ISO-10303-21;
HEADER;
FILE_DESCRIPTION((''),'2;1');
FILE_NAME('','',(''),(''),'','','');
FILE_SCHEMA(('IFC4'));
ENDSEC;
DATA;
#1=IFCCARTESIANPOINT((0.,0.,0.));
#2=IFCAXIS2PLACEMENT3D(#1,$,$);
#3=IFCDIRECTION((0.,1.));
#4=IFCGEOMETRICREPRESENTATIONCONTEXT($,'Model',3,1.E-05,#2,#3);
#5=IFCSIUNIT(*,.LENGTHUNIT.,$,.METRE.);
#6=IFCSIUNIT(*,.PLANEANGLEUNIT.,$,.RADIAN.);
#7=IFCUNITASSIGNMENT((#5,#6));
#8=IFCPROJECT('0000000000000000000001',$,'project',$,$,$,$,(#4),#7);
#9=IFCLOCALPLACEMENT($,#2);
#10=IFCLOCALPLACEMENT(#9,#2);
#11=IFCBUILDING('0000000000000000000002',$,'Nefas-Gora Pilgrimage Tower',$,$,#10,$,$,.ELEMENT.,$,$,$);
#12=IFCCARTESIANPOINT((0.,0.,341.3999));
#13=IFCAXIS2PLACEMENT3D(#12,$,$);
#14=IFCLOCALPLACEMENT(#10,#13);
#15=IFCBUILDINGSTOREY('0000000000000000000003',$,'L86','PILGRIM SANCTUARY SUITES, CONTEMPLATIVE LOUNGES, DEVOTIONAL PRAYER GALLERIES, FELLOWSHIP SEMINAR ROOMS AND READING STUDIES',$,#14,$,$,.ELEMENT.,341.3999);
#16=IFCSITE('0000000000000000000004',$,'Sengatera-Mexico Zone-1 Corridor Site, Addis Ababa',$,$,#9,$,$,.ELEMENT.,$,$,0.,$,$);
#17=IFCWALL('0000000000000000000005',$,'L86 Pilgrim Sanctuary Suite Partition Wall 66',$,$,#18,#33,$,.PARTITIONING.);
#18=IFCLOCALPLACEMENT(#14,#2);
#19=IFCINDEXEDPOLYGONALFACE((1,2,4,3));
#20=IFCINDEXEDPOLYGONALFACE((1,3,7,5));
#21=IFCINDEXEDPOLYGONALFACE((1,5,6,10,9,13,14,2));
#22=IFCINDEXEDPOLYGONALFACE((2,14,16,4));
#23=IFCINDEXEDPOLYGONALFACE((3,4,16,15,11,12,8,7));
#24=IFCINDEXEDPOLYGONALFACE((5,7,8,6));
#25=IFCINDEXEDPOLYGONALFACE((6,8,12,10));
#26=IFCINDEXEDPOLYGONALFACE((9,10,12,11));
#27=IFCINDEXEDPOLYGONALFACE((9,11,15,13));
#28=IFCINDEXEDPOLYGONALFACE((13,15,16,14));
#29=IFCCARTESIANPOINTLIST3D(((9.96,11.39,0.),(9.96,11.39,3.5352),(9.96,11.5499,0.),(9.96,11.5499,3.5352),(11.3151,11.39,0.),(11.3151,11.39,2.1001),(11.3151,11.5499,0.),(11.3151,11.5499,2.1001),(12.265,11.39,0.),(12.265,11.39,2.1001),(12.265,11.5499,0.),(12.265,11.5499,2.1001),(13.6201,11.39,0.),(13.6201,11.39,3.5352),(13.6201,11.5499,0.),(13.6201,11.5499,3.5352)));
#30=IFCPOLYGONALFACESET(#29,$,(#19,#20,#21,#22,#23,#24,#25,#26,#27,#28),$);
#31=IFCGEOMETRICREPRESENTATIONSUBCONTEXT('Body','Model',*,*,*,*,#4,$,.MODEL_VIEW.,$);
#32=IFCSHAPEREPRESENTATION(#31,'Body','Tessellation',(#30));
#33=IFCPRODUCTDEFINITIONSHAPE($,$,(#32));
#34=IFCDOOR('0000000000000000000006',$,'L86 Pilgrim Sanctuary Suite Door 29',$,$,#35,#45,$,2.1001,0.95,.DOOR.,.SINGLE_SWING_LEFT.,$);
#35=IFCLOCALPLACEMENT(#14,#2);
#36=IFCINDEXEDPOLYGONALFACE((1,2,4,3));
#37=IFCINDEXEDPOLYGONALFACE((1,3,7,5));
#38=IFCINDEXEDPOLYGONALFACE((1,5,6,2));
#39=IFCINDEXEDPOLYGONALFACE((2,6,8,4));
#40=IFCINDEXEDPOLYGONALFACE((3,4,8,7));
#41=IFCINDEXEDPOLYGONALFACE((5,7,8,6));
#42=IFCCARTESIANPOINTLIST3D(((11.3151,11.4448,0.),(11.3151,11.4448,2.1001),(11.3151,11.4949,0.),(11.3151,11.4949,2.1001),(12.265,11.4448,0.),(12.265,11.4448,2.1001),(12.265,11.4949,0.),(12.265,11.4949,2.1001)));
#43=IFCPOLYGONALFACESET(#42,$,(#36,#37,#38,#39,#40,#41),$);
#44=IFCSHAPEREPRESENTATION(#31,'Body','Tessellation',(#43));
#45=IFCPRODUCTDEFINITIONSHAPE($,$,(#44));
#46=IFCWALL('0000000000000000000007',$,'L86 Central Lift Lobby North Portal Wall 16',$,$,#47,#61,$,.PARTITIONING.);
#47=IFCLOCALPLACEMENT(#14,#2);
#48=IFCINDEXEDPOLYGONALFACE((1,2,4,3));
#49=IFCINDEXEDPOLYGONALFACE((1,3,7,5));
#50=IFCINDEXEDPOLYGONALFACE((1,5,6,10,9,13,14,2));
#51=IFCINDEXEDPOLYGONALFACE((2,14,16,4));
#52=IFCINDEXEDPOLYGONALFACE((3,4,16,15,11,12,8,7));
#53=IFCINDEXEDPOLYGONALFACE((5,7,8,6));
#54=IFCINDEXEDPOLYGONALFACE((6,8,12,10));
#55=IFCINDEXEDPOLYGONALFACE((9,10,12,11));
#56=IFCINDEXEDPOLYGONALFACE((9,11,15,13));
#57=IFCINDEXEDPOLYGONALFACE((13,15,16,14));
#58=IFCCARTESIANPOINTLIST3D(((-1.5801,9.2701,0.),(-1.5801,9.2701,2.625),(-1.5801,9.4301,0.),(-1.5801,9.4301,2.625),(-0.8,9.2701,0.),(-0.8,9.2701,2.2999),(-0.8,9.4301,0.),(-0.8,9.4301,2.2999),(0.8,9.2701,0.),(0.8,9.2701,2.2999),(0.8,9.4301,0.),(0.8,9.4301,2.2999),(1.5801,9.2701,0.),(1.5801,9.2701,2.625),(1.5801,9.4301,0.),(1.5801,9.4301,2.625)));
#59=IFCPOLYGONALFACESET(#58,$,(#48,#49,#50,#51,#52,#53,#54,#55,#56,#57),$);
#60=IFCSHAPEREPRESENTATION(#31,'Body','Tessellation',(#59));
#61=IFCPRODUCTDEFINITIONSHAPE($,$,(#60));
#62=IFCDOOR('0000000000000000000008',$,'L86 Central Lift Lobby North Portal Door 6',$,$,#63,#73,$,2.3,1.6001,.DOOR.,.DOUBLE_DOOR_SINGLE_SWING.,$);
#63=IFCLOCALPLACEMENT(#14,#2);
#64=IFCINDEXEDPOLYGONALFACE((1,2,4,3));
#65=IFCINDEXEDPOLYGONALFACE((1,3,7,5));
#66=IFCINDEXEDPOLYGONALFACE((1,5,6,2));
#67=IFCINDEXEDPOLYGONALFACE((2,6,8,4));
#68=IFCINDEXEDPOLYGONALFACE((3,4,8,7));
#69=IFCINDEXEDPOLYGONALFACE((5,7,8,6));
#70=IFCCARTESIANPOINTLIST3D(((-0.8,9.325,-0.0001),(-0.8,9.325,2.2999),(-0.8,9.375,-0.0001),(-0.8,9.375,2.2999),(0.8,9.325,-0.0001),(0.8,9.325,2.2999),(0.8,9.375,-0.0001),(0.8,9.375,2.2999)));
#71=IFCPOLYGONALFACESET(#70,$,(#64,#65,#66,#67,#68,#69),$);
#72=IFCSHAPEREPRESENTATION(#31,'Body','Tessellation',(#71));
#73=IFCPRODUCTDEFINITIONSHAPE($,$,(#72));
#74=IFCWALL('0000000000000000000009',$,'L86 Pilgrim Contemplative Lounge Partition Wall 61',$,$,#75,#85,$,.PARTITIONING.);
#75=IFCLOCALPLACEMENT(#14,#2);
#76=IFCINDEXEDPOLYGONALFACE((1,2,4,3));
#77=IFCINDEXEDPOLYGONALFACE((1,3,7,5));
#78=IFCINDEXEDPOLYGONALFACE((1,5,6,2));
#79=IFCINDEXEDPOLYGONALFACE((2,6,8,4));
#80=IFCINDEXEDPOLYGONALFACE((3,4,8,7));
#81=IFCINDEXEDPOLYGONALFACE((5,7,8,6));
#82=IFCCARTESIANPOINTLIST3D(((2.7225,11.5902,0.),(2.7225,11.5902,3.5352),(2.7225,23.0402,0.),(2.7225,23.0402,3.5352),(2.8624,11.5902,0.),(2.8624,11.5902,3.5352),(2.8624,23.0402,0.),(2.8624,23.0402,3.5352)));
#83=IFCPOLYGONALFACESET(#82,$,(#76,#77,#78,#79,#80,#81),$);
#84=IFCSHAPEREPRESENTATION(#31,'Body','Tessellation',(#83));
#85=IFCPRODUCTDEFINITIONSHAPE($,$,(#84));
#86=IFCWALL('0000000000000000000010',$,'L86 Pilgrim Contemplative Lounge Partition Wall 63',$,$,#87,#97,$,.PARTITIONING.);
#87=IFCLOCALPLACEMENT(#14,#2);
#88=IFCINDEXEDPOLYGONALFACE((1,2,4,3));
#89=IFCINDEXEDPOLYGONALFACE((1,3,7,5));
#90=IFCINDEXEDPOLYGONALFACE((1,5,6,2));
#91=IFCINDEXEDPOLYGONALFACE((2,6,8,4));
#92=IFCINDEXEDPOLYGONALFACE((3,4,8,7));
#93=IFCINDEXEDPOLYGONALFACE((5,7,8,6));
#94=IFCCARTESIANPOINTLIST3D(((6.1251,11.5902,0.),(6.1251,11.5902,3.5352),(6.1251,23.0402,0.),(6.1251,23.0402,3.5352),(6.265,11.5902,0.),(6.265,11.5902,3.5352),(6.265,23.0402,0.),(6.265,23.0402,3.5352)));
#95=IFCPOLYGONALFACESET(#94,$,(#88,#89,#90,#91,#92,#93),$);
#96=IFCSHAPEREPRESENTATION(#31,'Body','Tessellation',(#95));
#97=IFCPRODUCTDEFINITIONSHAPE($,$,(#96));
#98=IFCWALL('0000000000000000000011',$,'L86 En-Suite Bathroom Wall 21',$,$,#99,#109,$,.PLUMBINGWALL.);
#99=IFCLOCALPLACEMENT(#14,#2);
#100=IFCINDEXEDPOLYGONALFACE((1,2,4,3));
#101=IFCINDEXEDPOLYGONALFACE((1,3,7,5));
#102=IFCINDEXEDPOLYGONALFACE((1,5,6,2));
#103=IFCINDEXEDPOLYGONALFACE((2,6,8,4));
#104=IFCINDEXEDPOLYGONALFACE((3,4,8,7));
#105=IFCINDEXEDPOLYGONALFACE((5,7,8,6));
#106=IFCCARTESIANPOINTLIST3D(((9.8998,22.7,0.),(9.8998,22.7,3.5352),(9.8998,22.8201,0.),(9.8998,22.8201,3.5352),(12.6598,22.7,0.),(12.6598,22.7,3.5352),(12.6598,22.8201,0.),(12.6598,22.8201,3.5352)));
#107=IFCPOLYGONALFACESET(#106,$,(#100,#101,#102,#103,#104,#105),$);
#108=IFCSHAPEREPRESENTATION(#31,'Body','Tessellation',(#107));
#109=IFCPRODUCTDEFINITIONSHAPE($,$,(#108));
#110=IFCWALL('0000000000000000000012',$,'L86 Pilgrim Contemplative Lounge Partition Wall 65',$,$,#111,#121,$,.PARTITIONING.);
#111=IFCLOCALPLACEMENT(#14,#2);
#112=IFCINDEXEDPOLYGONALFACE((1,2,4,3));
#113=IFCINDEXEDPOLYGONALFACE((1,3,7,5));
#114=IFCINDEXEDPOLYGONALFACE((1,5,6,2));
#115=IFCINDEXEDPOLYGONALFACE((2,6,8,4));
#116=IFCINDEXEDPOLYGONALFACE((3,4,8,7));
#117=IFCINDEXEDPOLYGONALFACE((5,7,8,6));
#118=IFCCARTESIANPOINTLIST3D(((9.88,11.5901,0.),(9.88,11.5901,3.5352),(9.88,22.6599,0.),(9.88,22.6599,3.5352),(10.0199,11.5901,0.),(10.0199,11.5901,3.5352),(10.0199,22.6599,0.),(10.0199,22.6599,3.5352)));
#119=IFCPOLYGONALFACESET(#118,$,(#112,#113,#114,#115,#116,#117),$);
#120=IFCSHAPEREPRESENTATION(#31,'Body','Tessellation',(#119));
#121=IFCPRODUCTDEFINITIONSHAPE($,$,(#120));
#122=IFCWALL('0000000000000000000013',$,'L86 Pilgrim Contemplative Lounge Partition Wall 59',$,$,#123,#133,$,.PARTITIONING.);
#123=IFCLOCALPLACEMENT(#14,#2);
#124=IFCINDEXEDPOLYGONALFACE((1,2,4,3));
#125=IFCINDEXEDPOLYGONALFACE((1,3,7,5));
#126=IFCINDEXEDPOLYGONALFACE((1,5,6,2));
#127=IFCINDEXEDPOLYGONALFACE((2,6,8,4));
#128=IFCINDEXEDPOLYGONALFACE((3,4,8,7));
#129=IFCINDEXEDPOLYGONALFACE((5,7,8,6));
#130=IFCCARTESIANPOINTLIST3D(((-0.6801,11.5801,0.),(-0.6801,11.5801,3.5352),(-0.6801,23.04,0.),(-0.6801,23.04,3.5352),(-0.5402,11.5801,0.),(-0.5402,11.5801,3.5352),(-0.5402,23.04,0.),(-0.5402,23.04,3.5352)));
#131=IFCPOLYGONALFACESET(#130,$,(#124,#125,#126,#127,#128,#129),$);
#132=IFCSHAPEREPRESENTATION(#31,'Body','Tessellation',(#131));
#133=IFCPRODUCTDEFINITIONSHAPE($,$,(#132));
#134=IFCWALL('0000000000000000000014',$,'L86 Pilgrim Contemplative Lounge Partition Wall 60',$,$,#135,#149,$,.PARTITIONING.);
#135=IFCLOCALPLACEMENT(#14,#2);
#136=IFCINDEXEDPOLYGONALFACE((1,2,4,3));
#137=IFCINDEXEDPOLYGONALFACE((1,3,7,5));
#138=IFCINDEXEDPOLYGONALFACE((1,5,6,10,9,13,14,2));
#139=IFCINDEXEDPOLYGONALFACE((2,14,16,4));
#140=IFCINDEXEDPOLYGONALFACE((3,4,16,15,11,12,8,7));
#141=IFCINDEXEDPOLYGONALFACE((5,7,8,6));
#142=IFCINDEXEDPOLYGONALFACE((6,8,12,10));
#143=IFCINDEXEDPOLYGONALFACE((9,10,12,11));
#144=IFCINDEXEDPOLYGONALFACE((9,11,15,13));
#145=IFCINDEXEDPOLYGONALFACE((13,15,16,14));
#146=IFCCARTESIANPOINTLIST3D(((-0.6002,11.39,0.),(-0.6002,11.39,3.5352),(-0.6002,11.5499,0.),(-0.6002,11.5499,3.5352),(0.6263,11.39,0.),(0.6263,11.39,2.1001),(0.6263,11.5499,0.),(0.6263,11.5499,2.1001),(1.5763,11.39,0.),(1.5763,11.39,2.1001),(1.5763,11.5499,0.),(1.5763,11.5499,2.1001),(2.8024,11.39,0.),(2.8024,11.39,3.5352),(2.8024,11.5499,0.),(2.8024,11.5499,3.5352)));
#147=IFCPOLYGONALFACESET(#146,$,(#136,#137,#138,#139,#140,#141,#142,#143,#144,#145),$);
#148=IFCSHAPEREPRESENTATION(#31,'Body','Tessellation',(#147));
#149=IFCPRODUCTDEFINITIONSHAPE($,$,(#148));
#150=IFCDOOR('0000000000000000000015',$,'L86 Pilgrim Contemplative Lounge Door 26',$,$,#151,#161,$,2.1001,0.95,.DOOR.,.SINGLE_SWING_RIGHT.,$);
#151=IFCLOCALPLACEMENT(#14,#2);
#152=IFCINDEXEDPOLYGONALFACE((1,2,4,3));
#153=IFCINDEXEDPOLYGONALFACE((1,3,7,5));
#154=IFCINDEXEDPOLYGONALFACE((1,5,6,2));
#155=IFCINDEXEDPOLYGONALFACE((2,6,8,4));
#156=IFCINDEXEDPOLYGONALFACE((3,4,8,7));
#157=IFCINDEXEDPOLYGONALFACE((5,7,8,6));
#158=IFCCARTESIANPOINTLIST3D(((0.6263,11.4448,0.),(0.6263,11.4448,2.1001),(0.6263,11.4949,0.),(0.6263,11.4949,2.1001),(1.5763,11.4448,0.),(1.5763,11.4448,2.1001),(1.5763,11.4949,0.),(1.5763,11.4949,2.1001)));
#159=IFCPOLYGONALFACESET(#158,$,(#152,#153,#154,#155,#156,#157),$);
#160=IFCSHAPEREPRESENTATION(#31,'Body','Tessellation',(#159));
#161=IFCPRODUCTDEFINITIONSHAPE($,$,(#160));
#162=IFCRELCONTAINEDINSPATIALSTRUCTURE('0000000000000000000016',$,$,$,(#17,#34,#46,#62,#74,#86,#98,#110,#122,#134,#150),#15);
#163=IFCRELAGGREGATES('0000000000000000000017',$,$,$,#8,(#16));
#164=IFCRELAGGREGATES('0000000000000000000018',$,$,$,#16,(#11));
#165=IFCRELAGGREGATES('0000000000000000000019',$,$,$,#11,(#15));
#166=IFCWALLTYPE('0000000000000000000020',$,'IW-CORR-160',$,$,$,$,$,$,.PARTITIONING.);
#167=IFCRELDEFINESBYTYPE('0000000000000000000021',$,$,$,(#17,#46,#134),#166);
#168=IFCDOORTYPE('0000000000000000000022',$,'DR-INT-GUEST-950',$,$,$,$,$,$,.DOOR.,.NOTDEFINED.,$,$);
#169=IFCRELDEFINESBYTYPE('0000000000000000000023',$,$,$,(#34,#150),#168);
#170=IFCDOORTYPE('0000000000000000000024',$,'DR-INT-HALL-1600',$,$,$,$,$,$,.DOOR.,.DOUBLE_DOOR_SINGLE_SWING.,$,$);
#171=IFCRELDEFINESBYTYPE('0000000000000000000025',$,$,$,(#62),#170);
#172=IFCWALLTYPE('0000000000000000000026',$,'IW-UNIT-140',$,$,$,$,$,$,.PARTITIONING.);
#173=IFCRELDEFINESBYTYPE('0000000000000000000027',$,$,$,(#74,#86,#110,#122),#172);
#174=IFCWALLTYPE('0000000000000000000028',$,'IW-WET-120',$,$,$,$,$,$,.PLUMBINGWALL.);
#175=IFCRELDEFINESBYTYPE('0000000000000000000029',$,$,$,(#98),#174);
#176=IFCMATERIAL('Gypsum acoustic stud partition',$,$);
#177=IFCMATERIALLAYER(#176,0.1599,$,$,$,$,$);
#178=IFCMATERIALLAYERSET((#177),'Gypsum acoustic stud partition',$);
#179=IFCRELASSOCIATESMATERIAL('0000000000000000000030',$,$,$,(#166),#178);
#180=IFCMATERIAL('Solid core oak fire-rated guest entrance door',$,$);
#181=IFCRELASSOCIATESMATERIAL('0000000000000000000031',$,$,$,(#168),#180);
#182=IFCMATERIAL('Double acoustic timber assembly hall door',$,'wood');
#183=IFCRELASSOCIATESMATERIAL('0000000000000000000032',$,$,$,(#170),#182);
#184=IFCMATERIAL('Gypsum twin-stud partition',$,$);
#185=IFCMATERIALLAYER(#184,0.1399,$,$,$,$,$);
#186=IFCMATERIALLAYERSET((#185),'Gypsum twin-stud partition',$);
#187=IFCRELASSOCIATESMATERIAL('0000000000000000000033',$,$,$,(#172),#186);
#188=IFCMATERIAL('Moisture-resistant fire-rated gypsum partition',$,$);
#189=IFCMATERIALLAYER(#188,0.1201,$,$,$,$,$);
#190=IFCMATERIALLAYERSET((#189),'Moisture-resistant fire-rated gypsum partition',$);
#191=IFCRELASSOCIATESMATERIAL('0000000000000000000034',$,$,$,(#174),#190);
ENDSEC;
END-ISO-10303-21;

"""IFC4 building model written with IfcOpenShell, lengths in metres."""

from ifc_helpers import new_model, si_unit, direction, frame, frame_2d, origin, place, context, subcontext, project, spatial, rectangle, extrude, source, transform, mapped, material, layer, layer_set, type_object, element, fill, save


model = new_model("IFC4")

# Units and contexts
model_context = context("Model", 3, precision=1e-05, world=origin(), true_north=direction((0.0, 1.0)))
body_context = subcontext(model_context, "Body", "Model", "MODEL_VIEW")
ifc_project = project(units=[si_unit("LENGTHUNIT", "METRE"), si_unit("PLANEANGLEUNIT", "RADIAN")], contexts=[model_context])

# Site, building, storey
site_placement = place(None, origin())
site = spatial("IfcSite", under=ifc_project, at=site_placement, Name="Sengatera-Mexico Zone-1 Corridor Site, Addis Ababa", CompositionType="ELEMENT", RefElevation=0.0)
building_placement = place(site_placement, origin())
building = spatial("IfcBuilding", under=site, at=building_placement, Name="Nefas-Gora Pilgrimage Tower", CompositionType="ELEMENT")
storey_placement = place(building_placement, frame((0.0, 0.0, 341.3999)))
storey = spatial("IfcBuildingStorey", under=building, at=storey_placement, Name="L86", Description="PILGRIM SANCTUARY SUITES, CONTEMPLATIVE LOUNGES, DEVOTIONAL PRAYER GALLERIES, FELLOWSHIP SEMINAR ROOMS AND READING STUDIES", CompositionType="ELEMENT", Elevation=341.3999)

# Walls, openings, doors
ifc_material_1 = material(Name="Gypsum acoustic stud partition")
ifc_layer_1 = layer(ifc_material_1, 0.1599)
ifc_layer_set_1 = layer_set([ifc_layer_1], Name="Gypsum acoustic stud partition")
wall_type_1 = type_object("IfcWallType", Name="IW-CORR-160", PredefinedType="PARTITIONING", material=ifc_layer_set_1)
ifc_material_2 = material(Name="Solid core oak fire-rated guest entrance door")
door_type_1 = type_object("IfcDoorType", Name="DR-INT-GUEST-950", OperationType="NOTDEFINED", PredefinedType="DOOR", material=ifc_material_2)
shared_shape_1 = source(origin(), body_context, "Body", "SweptSolid", [
    extrude(rectangle(XDim=0.95, YDim=2.1001, at=frame_2d((0.4751, 1.05))), frame((0.0, 0.0249, 0.0), z_axis=(0.0, -1.0, 0.0), x_axis=(1.0, 0.0, 0.0)), (0.0, 0.0, 1.0), 0.05),
])
shared_shape_2 = source(origin(), body_context, "Body", "SweptSolid", [
    extrude(rectangle(XDim=3.6602, YDim=0.1599, at=frame_2d((1.8301, 0.0))), origin(), (0.0, 0.0, 1.0), 3.5352),
])
wall_1_placement = place(storey_placement, frame((9.96, 11.47, 0.0), z_axis=(0.0, 0.0, 1.0), x_axis=(1.0, 0.0, 0.0)))
wall_1 = element("IfcWall", 1, at=wall_1_placement, inside=storey, type_object=wall_type_1, Name="L86 Pilgrim Sanctuary Suite Partition Wall 66", PredefinedType="PARTITIONING", context=body_context, shape_type="MappedRepresentation", body=[
    mapped(shared_shape_2, transform((0.0, 0.0, 0.0), x_axis=(1.0, 0.0, 0.0), y_axis=(0.0, 1.0, 0.0), z_axis=(0.0, 0.0, 1.0), scale=1.0)),
])
opening_1_placement = place(wall_1_placement, frame((1.355, 0.0, 0.0)))
opening_1 = element("IfcOpeningElement", 2, at=opening_1_placement, cuts=wall_1, PredefinedType="OPENING", context=body_context, shape_type="SweptSolid", body=[
    extrude(rectangle(XDim=0.95, YDim=2.1001, at=frame_2d((0.4751, 1.05))), frame((0.0, 0.0898, 0.0), z_axis=(0.0, -1.0, 0.0), x_axis=(1.0, 0.0, 0.0)), (0.0, 0.0, 1.0), 0.1799),
])
door_1_placement = place(opening_1_placement, origin())
door_1 = element("IfcDoor", 3, at=door_1_placement, inside=storey, type_object=door_type_1, Name="L86 Pilgrim Sanctuary Suite Door 29", OperationType="SINGLE_SWING_LEFT", OverallHeight=2.1001, OverallWidth=0.95, PredefinedType="DOOR", context=body_context, shape_type="MappedRepresentation", body=[
    mapped(shared_shape_1, transform((0.0, 0.0, 0.0), x_axis=(1.0, 0.0, 0.0), y_axis=(0.0, 1.0, 0.0), z_axis=(0.0, 0.0, 1.0), scale=1.0)),
])
fill(opening_1, door_1)
shared_shape_3 = source(origin(), body_context, "Body", "SweptSolid", [
    extrude(rectangle(XDim=3.1602, YDim=0.1599, at=frame_2d((1.5801, 0.0))), origin(), (0.0, 0.0, 1.0), 2.625),
])
wall_2_placement = place(storey_placement, frame((-1.5801, 9.3501, 0.0), z_axis=(0.0, 0.0, 1.0), x_axis=(1.0, 0.0, 0.0)))
wall_2 = element("IfcWall", 4, at=wall_2_placement, inside=storey, type_object=wall_type_1, Name="L86 Central Lift Lobby North Portal Wall 16", PredefinedType="PARTITIONING", context=body_context, shape_type="MappedRepresentation", body=[
    mapped(shared_shape_3, transform((0.0, 0.0, 0.0), x_axis=(1.0, 0.0, 0.0), y_axis=(0.0, 1.0, 0.0), z_axis=(0.0, 0.0, 1.0), scale=1.0)),
])
opening_2_placement = place(wall_2_placement, frame((0.78, 0.0, 0.0)))
opening_2 = element("IfcOpeningElement", 5, at=opening_2_placement, cuts=wall_2, PredefinedType="OPENING", context=body_context, shape_type="SweptSolid", body=[
    extrude(rectangle(XDim=1.6001, YDim=2.3, at=frame_2d((0.8, 1.1499))), frame((0.0, 0.0898, 0.0), z_axis=(0.0, -1.0, 0.0), x_axis=(1.0, 0.0, 0.0)), (0.0, 0.0, 1.0), 0.1799),
])
ifc_material_3 = material(Name="Double acoustic timber assembly hall door", Category="wood")
door_type_2 = type_object("IfcDoorType", Name="DR-INT-HALL-1600", OperationType="DOUBLE_DOOR_SINGLE_SWING", PredefinedType="DOOR", material=ifc_material_3)
shared_shape_4 = source(origin(), body_context, "Body", "SweptSolid", [
    extrude(rectangle(XDim=1.6001, YDim=2.3, at=frame_2d((0.8, 1.1499))), frame((0.0, 0.0249, 0.0), z_axis=(0.0, -1.0, 0.0), x_axis=(1.0, 0.0, 0.0)), (0.0, 0.0, 1.0), 0.05),
])
door_2_placement = place(opening_2_placement, origin())
door_2 = element("IfcDoor", 6, at=door_2_placement, inside=storey, type_object=door_type_2, Name="L86 Central Lift Lobby North Portal Door 6", OperationType="DOUBLE_DOOR_SINGLE_SWING", OverallHeight=2.3, OverallWidth=1.6001, PredefinedType="DOOR", context=body_context, shape_type="MappedRepresentation", body=[
    mapped(shared_shape_4, transform((0.0, 0.0, 0.0), x_axis=(1.0, 0.0, 0.0), y_axis=(0.0, 1.0, 0.0), z_axis=(0.0, 0.0, 1.0), scale=1.0)),
])
fill(opening_2, door_2)

# Walls
ifc_material_4 = material(Name="Gypsum twin-stud partition")
ifc_layer_2 = layer(ifc_material_4, 0.1399)
ifc_layer_set_2 = layer_set([ifc_layer_2], Name="Gypsum twin-stud partition")
wall_type_2 = type_object("IfcWallType", Name="IW-UNIT-140", PredefinedType="PARTITIONING", material=ifc_layer_set_2)
shared_shape_5 = source(origin(), body_context, "Body", "SweptSolid", [
    extrude(rectangle(XDim=11.45, YDim=0.1399, at=frame_2d((5.7251, 0.0))), origin(), (0.0, 0.0, 1.0), 3.5352),
])
for number, where, z_axis, x_axis, name in (
    (7, (2.7925, 11.5901, 0.0), (0.0, 0.0, 1.0), (0.0, 1.0, 0.0), "L86 Pilgrim Contemplative Lounge Partition Wall 61"),
    (8, (6.1951, 11.5901, 0.0), (0.0, 0.0, 1.0), (0.0, 1.0, 0.0), "L86 Pilgrim Contemplative Lounge Partition Wall 63"),
):
    element("IfcWall", number, at=place(storey_placement, frame(where, z_axis=z_axis, x_axis=x_axis)), inside=storey, type_object=wall_type_2, Name=name, PredefinedType="PARTITIONING", context=body_context, shape_type="MappedRepresentation", body=[
        mapped(shared_shape_5, transform((0.0, 0.0, 0.0), x_axis=(1.0, 0.0, 0.0), y_axis=(0.0, 1.0, 0.0), z_axis=(0.0, 0.0, 1.0), scale=1.0)),
    ])
ifc_material_5 = material(Name="Moisture-resistant fire-rated gypsum partition")
ifc_layer_3 = layer(ifc_material_5, 0.1201)
ifc_layer_set_3 = layer_set([ifc_layer_3], Name="Moisture-resistant fire-rated gypsum partition")
wall_type_3 = type_object("IfcWallType", Name="IW-WET-120", PredefinedType="PLUMBINGWALL", material=ifc_layer_set_3)
shared_shape_6 = source(origin(), body_context, "Body", "SweptSolid", [
    extrude(rectangle(XDim=2.76, YDim=0.1201, at=frame_2d((1.3799, 0.0))), origin(), (0.0, 0.0, 1.0), 3.5352),
])
wall_3_placement = place(storey_placement, frame((9.8999, 22.76, 0.0), z_axis=(0.0, 0.0, 1.0), x_axis=(1.0, 0.0, 0.0)))
element("IfcWall", 9, at=wall_3_placement, inside=storey, type_object=wall_type_3, Name="L86 En-Suite Bathroom Wall 21", PredefinedType="PLUMBINGWALL", context=body_context, shape_type="MappedRepresentation", body=[
    mapped(shared_shape_6, transform((0.0, 0.0, 0.0), x_axis=(1.0, 0.0, 0.0), y_axis=(0.0, 1.0, 0.0), z_axis=(0.0, 0.0, 1.0), scale=1.0)),
])
shared_shape_7 = source(origin(), body_context, "Body", "SweptSolid", [
    extrude(rectangle(XDim=11.0698, YDim=0.1399, at=frame_2d((5.5349, 0.0))), origin(), (0.0, 0.0, 1.0), 3.5352),
])
wall_4_placement = place(storey_placement, frame((9.95, 11.5901, 0.0), z_axis=(0.0, 0.0, 1.0), x_axis=(0.0, 1.0, 0.0)))
element("IfcWall", 10, at=wall_4_placement, inside=storey, type_object=wall_type_2, Name="L86 Pilgrim Contemplative Lounge Partition Wall 65", PredefinedType="PARTITIONING", context=body_context, shape_type="MappedRepresentation", body=[
    mapped(shared_shape_7, transform((0.0, 0.0, 0.0), x_axis=(1.0, 0.0, 0.0), y_axis=(0.0, 1.0, 0.0), z_axis=(0.0, 0.0, 1.0), scale=1.0)),
])
shared_shape_8 = source(origin(), body_context, "Body", "SweptSolid", [
    extrude(rectangle(XDim=11.46, YDim=0.1399, at=frame_2d((5.73, 0.0))), origin(), (0.0, 0.0, 1.0), 3.5352),
])
wall_5_placement = place(storey_placement, frame((-0.6101, 11.5801, 0.0), z_axis=(0.0, 0.0, 1.0), x_axis=(0.0, 1.0, 0.0)))
element("IfcWall", 11, at=wall_5_placement, inside=storey, type_object=wall_type_2, Name="L86 Pilgrim Contemplative Lounge Partition Wall 59", PredefinedType="PARTITIONING", context=body_context, shape_type="MappedRepresentation", body=[
    mapped(shared_shape_8, transform((0.0, 0.0, 0.0), x_axis=(1.0, 0.0, 0.0), y_axis=(0.0, 1.0, 0.0), z_axis=(0.0, 0.0, 1.0), scale=1.0)),
])

# Wall, opening, door
shared_shape_9 = source(origin(), body_context, "Body", "SweptSolid", [
    extrude(rectangle(XDim=3.4026, YDim=0.1599, at=frame_2d((1.7012, 0.0))), origin(), (0.0, 0.0, 1.0), 3.5352),
])
wall_6_placement = place(storey_placement, frame((-0.6001, 11.47, 0.0), z_axis=(0.0, 0.0, 1.0), x_axis=(1.0, 0.0, 0.0)))
wall_6 = element("IfcWall", 12, at=wall_6_placement, inside=storey, type_object=wall_type_1, Name="L86 Pilgrim Contemplative Lounge Partition Wall 60", PredefinedType="PARTITIONING", context=body_context, shape_type="MappedRepresentation", body=[
    mapped(shared_shape_9, transform((0.0, 0.0, 0.0), x_axis=(1.0, 0.0, 0.0), y_axis=(0.0, 1.0, 0.0), z_axis=(0.0, 0.0, 1.0), scale=1.0)),
])
opening_3_placement = place(wall_6_placement, frame((1.2263, 0.0, 0.0)))
opening_3 = element("IfcOpeningElement", 13, at=opening_3_placement, cuts=wall_6, PredefinedType="OPENING", context=body_context, shape_type="SweptSolid", body=[
    extrude(rectangle(XDim=0.95, YDim=2.1001, at=frame_2d((0.4751, 1.05))), frame((0.0, 0.0898, 0.0), z_axis=(0.0, -1.0, 0.0), x_axis=(1.0, 0.0, 0.0)), (0.0, 0.0, 1.0), 0.1799),
])
door_3_placement = place(opening_3_placement, origin())
door_3 = element("IfcDoor", 14, at=door_3_placement, inside=storey, type_object=door_type_1, Name="L86 Pilgrim Contemplative Lounge Door 26", OperationType="SINGLE_SWING_RIGHT", OverallHeight=2.1001, OverallWidth=0.95, PredefinedType="DOOR", context=body_context, shape_type="MappedRepresentation", body=[
    mapped(shared_shape_1, transform((0.0, 0.0, 0.0), x_axis=(1.0, 0.0, 0.0), y_axis=(0.0, 1.0, 0.0), z_axis=(0.0, 0.0, 1.0), scale=1.0)),
])
fill(opening_3, door_3)

save(model, "model.ifc")
